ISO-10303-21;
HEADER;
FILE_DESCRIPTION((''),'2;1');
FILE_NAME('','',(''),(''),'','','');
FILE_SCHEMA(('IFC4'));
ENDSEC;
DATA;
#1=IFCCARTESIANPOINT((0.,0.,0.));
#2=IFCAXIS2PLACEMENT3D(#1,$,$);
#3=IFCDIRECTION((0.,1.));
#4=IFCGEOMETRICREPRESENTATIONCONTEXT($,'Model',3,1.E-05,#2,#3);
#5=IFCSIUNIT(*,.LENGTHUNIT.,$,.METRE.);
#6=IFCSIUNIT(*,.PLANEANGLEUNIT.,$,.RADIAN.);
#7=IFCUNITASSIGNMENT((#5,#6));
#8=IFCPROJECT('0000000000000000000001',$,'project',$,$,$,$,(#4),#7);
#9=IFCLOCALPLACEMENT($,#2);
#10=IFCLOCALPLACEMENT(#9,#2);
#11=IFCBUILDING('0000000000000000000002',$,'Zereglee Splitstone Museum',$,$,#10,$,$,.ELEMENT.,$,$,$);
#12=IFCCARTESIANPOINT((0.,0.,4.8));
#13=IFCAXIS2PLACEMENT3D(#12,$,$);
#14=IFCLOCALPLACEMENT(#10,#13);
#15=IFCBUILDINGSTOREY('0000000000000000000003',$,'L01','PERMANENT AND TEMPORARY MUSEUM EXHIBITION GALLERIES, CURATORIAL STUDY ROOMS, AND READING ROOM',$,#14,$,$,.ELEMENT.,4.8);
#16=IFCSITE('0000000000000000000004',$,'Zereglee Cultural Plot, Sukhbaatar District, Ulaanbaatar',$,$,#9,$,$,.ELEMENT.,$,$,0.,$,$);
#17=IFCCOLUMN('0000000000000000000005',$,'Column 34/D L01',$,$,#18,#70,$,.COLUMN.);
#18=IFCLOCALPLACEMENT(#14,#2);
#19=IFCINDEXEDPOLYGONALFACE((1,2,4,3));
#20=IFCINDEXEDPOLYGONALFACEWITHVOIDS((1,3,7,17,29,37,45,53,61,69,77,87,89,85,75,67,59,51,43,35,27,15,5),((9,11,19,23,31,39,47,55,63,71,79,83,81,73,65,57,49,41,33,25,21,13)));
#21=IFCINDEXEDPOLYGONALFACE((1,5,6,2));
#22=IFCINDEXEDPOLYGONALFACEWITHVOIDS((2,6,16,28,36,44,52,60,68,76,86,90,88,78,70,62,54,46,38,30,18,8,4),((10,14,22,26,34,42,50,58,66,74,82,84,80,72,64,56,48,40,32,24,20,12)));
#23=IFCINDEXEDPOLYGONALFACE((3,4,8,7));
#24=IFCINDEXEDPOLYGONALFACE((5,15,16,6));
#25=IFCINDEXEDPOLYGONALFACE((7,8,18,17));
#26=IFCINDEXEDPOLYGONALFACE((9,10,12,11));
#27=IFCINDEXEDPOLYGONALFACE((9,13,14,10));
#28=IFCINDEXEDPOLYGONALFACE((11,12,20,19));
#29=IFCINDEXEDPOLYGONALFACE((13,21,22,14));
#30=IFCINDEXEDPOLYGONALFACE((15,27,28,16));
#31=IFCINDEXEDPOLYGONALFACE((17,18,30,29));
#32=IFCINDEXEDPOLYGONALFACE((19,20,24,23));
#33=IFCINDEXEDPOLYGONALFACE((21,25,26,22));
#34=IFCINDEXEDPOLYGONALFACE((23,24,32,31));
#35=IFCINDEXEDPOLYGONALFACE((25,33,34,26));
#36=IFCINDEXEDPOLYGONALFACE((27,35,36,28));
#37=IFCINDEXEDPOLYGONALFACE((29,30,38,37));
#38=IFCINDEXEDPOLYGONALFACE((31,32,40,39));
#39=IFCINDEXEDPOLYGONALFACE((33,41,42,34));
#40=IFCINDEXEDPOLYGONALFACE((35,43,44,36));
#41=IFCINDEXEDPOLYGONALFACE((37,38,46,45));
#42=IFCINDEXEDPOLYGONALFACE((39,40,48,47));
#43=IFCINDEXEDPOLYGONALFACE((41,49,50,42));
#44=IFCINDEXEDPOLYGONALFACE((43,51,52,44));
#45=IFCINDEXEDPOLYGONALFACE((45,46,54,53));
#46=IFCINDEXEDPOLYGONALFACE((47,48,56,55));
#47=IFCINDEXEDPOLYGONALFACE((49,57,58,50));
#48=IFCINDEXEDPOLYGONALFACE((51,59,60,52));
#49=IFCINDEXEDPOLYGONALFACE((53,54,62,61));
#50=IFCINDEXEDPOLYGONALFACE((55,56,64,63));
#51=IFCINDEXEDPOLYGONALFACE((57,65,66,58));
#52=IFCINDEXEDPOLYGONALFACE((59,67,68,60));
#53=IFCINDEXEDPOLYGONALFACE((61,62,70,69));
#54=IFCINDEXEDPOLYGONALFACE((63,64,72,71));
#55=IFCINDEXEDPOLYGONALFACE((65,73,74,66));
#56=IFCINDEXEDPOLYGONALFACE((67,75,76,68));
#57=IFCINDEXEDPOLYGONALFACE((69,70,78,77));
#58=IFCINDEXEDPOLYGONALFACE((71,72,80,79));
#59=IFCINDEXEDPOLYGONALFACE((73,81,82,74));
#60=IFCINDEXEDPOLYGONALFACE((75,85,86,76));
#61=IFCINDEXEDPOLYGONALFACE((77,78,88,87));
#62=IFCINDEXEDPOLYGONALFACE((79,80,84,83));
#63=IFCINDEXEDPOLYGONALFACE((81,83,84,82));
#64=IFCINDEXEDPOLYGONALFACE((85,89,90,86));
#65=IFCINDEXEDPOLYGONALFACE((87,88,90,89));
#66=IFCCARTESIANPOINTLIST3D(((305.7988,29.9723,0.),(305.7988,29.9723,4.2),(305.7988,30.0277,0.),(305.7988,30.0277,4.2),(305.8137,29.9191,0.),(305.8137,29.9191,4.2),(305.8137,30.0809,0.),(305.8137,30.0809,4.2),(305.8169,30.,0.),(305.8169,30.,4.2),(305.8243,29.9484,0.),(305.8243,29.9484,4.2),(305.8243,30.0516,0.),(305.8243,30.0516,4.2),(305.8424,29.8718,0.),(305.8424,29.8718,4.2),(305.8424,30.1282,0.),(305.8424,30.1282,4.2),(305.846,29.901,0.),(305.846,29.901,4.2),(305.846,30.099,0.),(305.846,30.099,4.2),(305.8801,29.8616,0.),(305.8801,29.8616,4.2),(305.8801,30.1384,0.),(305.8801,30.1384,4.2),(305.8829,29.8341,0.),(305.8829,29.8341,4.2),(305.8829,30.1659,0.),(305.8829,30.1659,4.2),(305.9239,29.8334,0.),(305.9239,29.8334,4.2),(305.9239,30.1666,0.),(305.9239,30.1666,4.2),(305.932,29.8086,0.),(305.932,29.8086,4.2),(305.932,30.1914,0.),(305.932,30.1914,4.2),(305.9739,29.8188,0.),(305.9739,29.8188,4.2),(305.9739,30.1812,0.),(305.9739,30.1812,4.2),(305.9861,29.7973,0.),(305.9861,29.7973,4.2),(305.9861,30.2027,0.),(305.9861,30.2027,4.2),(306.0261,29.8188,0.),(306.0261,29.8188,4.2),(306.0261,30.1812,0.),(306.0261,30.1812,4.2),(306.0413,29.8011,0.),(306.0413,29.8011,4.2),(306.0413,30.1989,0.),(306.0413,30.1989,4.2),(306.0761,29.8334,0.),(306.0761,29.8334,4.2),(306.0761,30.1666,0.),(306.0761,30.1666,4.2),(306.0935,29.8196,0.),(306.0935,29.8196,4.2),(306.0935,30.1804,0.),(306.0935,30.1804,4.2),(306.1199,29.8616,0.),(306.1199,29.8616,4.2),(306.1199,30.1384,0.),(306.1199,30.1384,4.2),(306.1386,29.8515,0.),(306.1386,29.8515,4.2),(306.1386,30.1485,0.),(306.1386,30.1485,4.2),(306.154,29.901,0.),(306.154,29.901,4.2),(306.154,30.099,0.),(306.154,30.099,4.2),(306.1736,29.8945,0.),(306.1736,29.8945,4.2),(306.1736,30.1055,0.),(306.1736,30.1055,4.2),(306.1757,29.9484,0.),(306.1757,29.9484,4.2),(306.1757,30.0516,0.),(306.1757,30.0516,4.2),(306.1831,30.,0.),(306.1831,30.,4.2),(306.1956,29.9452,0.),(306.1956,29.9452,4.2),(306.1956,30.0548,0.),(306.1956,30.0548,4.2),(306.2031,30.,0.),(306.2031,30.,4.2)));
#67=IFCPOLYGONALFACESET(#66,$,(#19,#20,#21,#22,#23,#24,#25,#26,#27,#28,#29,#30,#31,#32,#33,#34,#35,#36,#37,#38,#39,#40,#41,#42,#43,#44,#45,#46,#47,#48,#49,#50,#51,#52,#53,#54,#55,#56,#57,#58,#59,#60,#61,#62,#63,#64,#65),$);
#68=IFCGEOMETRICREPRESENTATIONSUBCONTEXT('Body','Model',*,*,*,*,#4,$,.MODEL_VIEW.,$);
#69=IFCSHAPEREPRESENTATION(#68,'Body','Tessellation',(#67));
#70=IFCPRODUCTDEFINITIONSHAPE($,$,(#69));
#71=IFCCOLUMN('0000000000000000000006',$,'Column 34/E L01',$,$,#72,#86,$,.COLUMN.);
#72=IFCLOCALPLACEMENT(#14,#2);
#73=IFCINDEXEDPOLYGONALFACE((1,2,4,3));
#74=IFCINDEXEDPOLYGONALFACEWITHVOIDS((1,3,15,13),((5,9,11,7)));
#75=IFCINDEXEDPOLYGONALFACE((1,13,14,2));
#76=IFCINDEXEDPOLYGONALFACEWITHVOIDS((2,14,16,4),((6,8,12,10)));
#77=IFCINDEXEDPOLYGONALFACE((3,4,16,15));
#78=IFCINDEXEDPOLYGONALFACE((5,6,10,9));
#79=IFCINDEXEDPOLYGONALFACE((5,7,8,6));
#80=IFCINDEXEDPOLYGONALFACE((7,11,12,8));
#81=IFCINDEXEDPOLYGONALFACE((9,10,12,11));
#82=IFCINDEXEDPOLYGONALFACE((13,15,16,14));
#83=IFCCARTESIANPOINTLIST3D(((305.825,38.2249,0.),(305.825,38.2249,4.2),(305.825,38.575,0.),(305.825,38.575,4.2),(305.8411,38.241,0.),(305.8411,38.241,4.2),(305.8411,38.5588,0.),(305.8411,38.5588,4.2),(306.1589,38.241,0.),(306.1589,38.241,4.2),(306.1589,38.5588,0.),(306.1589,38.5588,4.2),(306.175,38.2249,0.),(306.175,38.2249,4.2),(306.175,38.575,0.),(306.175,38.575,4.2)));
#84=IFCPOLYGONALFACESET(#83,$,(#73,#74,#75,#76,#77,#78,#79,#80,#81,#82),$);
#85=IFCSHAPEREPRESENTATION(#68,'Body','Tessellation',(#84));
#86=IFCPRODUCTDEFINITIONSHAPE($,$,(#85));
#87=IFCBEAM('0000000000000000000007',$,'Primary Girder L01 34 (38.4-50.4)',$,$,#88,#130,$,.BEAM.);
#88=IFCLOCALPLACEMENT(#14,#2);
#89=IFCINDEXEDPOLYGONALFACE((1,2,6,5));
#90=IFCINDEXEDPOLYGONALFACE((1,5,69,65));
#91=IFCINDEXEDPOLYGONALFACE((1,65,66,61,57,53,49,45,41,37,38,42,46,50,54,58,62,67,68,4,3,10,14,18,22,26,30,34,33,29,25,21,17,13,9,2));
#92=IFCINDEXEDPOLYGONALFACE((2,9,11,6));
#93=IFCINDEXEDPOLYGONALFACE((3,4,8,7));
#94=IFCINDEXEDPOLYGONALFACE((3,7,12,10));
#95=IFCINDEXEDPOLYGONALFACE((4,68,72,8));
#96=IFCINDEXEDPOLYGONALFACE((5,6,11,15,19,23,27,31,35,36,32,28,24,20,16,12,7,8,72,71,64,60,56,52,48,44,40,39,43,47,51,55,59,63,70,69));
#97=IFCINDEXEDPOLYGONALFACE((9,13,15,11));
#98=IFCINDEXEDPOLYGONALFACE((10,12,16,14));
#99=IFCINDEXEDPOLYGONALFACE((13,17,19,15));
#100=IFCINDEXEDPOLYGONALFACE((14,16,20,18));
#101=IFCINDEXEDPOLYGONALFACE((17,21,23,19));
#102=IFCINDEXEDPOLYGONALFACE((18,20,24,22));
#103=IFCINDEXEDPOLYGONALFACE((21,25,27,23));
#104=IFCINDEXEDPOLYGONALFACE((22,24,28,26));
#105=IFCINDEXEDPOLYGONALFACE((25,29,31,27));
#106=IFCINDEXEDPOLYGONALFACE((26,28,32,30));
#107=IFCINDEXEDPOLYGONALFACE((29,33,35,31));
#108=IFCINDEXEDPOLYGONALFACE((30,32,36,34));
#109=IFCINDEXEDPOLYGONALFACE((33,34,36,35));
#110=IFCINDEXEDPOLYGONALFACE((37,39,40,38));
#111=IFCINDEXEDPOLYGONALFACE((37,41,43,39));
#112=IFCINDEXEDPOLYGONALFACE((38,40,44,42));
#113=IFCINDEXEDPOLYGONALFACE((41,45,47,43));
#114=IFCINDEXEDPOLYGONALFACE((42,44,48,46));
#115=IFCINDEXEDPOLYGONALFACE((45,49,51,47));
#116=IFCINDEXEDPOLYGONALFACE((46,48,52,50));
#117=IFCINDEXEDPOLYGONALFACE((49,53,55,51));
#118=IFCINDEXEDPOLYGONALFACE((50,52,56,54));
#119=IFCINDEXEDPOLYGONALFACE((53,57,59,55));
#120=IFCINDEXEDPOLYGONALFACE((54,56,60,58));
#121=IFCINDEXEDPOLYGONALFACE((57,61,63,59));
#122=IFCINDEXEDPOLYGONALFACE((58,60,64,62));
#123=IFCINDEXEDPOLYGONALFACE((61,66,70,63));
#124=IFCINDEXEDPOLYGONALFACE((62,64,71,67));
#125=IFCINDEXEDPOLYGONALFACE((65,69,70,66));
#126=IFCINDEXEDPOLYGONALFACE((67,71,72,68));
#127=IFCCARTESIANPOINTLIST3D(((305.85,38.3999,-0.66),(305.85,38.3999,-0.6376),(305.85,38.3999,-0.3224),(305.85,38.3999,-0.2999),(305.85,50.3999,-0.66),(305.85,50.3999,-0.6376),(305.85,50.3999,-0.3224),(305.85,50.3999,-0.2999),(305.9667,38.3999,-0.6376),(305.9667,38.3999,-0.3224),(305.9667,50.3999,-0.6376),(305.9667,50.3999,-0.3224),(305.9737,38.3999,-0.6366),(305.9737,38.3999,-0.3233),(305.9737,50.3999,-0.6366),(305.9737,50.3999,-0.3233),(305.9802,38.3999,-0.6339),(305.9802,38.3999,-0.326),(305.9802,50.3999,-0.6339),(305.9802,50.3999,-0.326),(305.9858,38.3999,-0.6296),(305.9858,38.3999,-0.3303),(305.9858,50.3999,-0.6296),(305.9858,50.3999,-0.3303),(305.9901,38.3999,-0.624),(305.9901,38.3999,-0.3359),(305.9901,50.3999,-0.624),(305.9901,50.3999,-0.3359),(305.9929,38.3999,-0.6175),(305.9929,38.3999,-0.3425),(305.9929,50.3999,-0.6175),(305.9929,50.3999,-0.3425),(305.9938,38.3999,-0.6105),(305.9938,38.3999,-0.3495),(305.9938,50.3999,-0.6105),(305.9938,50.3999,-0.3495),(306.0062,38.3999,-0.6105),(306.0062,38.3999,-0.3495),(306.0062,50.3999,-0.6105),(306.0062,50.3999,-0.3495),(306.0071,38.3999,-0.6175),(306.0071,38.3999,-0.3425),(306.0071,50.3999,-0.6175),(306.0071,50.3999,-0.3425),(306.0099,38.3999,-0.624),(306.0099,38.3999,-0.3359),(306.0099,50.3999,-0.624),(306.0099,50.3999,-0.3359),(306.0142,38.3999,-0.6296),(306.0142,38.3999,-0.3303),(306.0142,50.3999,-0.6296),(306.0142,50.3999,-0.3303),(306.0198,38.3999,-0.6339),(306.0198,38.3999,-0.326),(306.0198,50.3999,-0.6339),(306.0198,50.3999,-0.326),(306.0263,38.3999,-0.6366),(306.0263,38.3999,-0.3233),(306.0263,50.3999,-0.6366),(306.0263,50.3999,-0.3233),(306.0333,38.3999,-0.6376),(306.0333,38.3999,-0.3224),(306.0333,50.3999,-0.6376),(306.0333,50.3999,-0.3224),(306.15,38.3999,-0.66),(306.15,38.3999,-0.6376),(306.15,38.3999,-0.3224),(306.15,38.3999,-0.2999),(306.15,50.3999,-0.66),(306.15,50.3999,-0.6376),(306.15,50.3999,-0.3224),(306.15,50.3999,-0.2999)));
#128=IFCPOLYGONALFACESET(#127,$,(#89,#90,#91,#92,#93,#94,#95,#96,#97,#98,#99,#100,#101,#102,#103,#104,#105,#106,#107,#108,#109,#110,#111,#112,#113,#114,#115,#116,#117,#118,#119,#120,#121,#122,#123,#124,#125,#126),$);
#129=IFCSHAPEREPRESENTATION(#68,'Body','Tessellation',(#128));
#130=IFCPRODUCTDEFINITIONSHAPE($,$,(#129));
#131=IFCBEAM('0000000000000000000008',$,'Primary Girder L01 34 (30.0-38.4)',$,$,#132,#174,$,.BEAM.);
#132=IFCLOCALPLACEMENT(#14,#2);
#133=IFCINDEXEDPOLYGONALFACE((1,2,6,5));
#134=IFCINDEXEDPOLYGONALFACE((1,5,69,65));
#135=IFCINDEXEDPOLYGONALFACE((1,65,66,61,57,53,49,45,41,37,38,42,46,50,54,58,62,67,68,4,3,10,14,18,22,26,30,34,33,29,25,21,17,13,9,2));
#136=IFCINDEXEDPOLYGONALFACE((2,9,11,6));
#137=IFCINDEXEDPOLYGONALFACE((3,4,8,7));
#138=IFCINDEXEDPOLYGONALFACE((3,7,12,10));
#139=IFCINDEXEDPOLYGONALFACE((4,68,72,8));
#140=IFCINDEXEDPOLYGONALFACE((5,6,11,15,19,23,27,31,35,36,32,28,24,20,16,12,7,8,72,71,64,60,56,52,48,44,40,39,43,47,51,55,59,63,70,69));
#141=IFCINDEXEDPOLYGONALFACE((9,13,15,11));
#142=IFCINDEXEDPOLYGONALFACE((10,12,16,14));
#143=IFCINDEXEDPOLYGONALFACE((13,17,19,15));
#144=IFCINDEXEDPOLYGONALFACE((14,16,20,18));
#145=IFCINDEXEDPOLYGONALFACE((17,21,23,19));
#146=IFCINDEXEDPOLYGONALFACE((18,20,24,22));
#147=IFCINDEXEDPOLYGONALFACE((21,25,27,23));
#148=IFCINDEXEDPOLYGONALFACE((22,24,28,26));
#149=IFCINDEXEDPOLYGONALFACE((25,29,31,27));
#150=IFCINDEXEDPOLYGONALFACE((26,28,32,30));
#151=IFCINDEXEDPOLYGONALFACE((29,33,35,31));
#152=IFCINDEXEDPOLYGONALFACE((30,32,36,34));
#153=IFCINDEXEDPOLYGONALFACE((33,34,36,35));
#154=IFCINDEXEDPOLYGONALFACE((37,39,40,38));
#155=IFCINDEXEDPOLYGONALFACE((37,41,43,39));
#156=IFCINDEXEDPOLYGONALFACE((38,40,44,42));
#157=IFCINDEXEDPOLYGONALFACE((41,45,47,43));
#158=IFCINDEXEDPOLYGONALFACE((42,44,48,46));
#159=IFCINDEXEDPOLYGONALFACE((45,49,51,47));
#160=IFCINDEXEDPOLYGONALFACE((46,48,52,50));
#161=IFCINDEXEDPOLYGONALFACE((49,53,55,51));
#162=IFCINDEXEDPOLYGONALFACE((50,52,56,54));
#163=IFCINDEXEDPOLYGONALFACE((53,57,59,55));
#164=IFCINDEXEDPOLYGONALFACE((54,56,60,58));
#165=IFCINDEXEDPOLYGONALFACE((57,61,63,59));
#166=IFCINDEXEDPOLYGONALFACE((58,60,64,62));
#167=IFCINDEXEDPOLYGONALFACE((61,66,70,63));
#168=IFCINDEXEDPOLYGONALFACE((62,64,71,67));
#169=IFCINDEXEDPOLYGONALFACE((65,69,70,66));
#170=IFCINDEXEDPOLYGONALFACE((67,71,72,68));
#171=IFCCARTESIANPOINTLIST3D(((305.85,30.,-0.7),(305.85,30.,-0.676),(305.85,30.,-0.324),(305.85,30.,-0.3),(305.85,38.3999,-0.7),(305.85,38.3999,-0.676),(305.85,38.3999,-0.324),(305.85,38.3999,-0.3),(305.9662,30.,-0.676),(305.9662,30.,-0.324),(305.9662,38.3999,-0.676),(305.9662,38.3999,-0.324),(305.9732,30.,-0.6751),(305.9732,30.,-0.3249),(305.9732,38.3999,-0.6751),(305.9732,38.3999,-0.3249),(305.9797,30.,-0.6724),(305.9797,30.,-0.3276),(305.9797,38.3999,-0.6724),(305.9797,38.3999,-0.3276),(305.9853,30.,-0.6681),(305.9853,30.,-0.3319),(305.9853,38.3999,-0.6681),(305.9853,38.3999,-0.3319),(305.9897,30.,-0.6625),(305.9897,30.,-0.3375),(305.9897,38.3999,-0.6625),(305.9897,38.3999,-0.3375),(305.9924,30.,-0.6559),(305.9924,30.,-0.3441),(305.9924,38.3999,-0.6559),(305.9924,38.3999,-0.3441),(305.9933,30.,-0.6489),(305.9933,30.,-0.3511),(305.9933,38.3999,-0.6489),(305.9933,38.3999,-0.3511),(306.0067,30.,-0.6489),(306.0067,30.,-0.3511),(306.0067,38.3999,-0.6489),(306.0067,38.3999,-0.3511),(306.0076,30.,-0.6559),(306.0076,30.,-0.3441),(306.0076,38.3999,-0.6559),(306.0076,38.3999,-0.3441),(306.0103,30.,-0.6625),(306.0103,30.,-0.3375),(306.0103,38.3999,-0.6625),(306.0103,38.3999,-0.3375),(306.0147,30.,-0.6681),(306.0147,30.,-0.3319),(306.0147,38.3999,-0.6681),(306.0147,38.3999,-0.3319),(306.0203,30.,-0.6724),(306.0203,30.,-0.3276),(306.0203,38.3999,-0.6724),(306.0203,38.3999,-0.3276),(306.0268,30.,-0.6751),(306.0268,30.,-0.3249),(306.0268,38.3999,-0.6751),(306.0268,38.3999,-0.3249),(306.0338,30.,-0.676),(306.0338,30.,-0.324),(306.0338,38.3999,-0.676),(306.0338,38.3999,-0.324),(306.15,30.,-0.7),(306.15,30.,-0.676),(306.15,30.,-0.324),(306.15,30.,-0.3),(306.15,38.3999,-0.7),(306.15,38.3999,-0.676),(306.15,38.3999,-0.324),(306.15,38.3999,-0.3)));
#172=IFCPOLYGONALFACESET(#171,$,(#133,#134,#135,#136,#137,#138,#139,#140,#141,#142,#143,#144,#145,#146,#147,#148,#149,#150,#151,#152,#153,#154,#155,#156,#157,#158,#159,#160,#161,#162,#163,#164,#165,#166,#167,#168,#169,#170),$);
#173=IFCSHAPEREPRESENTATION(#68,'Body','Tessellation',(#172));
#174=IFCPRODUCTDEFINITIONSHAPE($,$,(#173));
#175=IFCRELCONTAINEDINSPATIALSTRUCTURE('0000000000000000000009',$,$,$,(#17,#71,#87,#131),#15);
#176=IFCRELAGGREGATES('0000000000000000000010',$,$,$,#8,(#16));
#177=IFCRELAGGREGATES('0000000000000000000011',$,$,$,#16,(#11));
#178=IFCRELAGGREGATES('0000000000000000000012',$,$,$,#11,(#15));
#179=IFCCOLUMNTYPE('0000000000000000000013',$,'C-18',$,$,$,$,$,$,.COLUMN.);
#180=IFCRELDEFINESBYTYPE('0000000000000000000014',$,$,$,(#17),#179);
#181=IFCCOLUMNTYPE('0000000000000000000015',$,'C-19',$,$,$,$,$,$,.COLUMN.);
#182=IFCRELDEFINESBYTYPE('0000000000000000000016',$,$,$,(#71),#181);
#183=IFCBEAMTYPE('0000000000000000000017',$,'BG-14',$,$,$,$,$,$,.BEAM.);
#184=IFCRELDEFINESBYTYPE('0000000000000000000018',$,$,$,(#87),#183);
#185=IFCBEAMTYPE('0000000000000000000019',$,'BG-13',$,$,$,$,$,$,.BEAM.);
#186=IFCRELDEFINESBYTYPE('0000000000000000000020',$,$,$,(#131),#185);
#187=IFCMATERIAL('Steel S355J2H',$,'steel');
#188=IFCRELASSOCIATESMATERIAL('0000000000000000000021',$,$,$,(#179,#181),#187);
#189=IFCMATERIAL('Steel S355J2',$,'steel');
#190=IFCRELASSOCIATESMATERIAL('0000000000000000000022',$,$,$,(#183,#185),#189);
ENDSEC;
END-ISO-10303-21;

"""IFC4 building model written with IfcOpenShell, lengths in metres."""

from ifc_helpers import new_model, si_unit, direction, frame, origin, origin_2d, place, context, subcontext, project, spatial, hollow_rectangle, hollow_circle, i_section, extrude, material, material_profile, profile_set, type_object, element, save


model = new_model("IFC4")

# Units and contexts
model_context = context("Model", 3, precision=1e-05, world=origin(), true_north=direction((0.0, 1.0)))
body_context = subcontext(model_context, "Body", "Model", "MODEL_VIEW")
ifc_project = project(units=[si_unit("LENGTHUNIT", "METRE"), si_unit("PLANEANGLEUNIT", "RADIAN")], contexts=[model_context])

# Site, building, storey
site_placement = place(None, origin())
site = spatial("IfcSite", under=ifc_project, at=site_placement, Name="Zereglee Cultural Plot, Sukhbaatar District, Ulaanbaatar", CompositionType="ELEMENT", RefElevation=0.0)
building_placement = place(site_placement, origin())
building = spatial("IfcBuilding", under=site, at=building_placement, Name="Zereglee Splitstone Museum", CompositionType="ELEMENT")
storey_placement = place(building_placement, frame((0.0, 0.0, 4.8)))
storey = spatial("IfcBuildingStorey", under=building, at=storey_placement, Name="L01", Description="PERMANENT AND TEMPORARY MUSEUM EXHIBITION GALLERIES, CURATORIAL STUDY ROOMS, AND READING ROOM", CompositionType="ELEMENT", Elevation=4.8)

# Columns
ifc_material_1 = material(Name="Steel S355J2H", Category="steel")
ifc_material_profile_1 = material_profile(ifc_material_1, hollow_circle(Radius=0.2031, WallThickness=0.02, at=origin_2d()), Name="CHS 406.4x20")
ifc_profile_set_1 = profile_set([ifc_material_profile_1], Name="Steel S355J2H")
column_type_1 = type_object("IfcColumnType", Name="C-18", PredefinedType="COLUMN", material=ifc_profile_set_1)
column_1_placement = place(storey_placement, frame((306.0, 30.0, 0.0), z_axis=(0.0, 0.0, 1.0), x_axis=(1.0, 0.0, 0.0)))
element("IfcColumn", 1, at=column_1_placement, inside=storey, type_object=column_type_1, Name="Column 34/D L01", PredefinedType="COLUMN", context=body_context, shape_type="SweptSolid", body=[
    extrude(hollow_circle(Radius=0.2031, WallThickness=0.02, at=origin_2d()), origin(), (0.0, 0.0, 1.0), 4.2),
])
ifc_material_profile_2 = material_profile(ifc_material_1, hollow_rectangle(XDim=0.3501, YDim=0.3501, WallThickness=0.0161, at=origin_2d()), Name="SHS 350x350x16")
ifc_profile_set_2 = profile_set([ifc_material_profile_2], Name="Steel S355J2H")
column_type_2 = type_object("IfcColumnType", Name="C-19", PredefinedType="COLUMN", material=ifc_profile_set_2)
column_2_placement = place(storey_placement, frame((306.0, 38.3999, 0.0), z_axis=(0.0, 0.0, 1.0), x_axis=(1.0, 0.0, 0.0)))
element("IfcColumn", 2, at=column_2_placement, inside=storey, type_object=column_type_2, Name="Column 34/E L01", PredefinedType="COLUMN", context=body_context, shape_type="SweptSolid", body=[
    extrude(hollow_rectangle(XDim=0.3501, YDim=0.3501, WallThickness=0.0161, at=origin_2d()), origin(), (0.0, 0.0, 1.0), 4.2),
])

# Beams
ifc_material_2 = material(Name="Steel S355J2", Category="steel")
ifc_material_profile_3 = material_profile(ifc_material_2, i_section(OverallWidth=0.3, OverallDepth=0.3601, WebThickness=0.0125, FlangeThickness=0.0225, FilletRadius=0.0271, at=origin_2d()), Name="HE 360 B")
ifc_profile_set_3 = profile_set([ifc_material_profile_3], Name="Steel S355J2")
beam_type_1 = type_object("IfcBeamType", Name="BG-14", PredefinedType="BEAM", material=ifc_profile_set_3)
beam_1_placement = place(storey_placement, frame((306.0, 38.3999, -0.48), z_axis=(0.0, 1.0, 0.0), x_axis=(-1.0, 0.0, 0.0)))
element("IfcBeam", 3, at=beam_1_placement, inside=storey, type_object=beam_type_1, Name="Primary Girder L01 34 (38.4-50.4)", PredefinedType="BEAM", context=body_context, shape_type="SweptSolid", body=[
    extrude(i_section(OverallWidth=0.3, OverallDepth=0.3601, WebThickness=0.0125, FlangeThickness=0.0225, FilletRadius=0.0271, at=origin_2d()), origin(), (0.0, 0.0, 1.0), 12.0),
])
ifc_material_profile_4 = material_profile(ifc_material_2, i_section(OverallWidth=0.3, OverallDepth=0.3999, WebThickness=0.0134, FlangeThickness=0.0239, FilletRadius=0.0271, at=origin_2d()), Name="HE 400 B")
ifc_profile_set_4 = profile_set([ifc_material_profile_4], Name="Steel S355J2")
beam_type_2 = type_object("IfcBeamType", Name="BG-13", PredefinedType="BEAM", material=ifc_profile_set_4)
beam_2_placement = place(storey_placement, frame((306.0, 30.0, -0.5), z_axis=(0.0, 1.0, 0.0), x_axis=(-1.0, 0.0, 0.0)))
element("IfcBeam", 4, at=beam_2_placement, inside=storey, type_object=beam_type_2, Name="Primary Girder L01 34 (30.0-38.4)", PredefinedType="BEAM", context=body_context, shape_type="SweptSolid", body=[
    extrude(i_section(OverallWidth=0.3, OverallDepth=0.3999, WebThickness=0.0134, FlangeThickness=0.0239, FilletRadius=0.0271, at=origin_2d()), origin(), (0.0, 0.0, 1.0), 8.3999),
])

save(model, "model.ifc")
